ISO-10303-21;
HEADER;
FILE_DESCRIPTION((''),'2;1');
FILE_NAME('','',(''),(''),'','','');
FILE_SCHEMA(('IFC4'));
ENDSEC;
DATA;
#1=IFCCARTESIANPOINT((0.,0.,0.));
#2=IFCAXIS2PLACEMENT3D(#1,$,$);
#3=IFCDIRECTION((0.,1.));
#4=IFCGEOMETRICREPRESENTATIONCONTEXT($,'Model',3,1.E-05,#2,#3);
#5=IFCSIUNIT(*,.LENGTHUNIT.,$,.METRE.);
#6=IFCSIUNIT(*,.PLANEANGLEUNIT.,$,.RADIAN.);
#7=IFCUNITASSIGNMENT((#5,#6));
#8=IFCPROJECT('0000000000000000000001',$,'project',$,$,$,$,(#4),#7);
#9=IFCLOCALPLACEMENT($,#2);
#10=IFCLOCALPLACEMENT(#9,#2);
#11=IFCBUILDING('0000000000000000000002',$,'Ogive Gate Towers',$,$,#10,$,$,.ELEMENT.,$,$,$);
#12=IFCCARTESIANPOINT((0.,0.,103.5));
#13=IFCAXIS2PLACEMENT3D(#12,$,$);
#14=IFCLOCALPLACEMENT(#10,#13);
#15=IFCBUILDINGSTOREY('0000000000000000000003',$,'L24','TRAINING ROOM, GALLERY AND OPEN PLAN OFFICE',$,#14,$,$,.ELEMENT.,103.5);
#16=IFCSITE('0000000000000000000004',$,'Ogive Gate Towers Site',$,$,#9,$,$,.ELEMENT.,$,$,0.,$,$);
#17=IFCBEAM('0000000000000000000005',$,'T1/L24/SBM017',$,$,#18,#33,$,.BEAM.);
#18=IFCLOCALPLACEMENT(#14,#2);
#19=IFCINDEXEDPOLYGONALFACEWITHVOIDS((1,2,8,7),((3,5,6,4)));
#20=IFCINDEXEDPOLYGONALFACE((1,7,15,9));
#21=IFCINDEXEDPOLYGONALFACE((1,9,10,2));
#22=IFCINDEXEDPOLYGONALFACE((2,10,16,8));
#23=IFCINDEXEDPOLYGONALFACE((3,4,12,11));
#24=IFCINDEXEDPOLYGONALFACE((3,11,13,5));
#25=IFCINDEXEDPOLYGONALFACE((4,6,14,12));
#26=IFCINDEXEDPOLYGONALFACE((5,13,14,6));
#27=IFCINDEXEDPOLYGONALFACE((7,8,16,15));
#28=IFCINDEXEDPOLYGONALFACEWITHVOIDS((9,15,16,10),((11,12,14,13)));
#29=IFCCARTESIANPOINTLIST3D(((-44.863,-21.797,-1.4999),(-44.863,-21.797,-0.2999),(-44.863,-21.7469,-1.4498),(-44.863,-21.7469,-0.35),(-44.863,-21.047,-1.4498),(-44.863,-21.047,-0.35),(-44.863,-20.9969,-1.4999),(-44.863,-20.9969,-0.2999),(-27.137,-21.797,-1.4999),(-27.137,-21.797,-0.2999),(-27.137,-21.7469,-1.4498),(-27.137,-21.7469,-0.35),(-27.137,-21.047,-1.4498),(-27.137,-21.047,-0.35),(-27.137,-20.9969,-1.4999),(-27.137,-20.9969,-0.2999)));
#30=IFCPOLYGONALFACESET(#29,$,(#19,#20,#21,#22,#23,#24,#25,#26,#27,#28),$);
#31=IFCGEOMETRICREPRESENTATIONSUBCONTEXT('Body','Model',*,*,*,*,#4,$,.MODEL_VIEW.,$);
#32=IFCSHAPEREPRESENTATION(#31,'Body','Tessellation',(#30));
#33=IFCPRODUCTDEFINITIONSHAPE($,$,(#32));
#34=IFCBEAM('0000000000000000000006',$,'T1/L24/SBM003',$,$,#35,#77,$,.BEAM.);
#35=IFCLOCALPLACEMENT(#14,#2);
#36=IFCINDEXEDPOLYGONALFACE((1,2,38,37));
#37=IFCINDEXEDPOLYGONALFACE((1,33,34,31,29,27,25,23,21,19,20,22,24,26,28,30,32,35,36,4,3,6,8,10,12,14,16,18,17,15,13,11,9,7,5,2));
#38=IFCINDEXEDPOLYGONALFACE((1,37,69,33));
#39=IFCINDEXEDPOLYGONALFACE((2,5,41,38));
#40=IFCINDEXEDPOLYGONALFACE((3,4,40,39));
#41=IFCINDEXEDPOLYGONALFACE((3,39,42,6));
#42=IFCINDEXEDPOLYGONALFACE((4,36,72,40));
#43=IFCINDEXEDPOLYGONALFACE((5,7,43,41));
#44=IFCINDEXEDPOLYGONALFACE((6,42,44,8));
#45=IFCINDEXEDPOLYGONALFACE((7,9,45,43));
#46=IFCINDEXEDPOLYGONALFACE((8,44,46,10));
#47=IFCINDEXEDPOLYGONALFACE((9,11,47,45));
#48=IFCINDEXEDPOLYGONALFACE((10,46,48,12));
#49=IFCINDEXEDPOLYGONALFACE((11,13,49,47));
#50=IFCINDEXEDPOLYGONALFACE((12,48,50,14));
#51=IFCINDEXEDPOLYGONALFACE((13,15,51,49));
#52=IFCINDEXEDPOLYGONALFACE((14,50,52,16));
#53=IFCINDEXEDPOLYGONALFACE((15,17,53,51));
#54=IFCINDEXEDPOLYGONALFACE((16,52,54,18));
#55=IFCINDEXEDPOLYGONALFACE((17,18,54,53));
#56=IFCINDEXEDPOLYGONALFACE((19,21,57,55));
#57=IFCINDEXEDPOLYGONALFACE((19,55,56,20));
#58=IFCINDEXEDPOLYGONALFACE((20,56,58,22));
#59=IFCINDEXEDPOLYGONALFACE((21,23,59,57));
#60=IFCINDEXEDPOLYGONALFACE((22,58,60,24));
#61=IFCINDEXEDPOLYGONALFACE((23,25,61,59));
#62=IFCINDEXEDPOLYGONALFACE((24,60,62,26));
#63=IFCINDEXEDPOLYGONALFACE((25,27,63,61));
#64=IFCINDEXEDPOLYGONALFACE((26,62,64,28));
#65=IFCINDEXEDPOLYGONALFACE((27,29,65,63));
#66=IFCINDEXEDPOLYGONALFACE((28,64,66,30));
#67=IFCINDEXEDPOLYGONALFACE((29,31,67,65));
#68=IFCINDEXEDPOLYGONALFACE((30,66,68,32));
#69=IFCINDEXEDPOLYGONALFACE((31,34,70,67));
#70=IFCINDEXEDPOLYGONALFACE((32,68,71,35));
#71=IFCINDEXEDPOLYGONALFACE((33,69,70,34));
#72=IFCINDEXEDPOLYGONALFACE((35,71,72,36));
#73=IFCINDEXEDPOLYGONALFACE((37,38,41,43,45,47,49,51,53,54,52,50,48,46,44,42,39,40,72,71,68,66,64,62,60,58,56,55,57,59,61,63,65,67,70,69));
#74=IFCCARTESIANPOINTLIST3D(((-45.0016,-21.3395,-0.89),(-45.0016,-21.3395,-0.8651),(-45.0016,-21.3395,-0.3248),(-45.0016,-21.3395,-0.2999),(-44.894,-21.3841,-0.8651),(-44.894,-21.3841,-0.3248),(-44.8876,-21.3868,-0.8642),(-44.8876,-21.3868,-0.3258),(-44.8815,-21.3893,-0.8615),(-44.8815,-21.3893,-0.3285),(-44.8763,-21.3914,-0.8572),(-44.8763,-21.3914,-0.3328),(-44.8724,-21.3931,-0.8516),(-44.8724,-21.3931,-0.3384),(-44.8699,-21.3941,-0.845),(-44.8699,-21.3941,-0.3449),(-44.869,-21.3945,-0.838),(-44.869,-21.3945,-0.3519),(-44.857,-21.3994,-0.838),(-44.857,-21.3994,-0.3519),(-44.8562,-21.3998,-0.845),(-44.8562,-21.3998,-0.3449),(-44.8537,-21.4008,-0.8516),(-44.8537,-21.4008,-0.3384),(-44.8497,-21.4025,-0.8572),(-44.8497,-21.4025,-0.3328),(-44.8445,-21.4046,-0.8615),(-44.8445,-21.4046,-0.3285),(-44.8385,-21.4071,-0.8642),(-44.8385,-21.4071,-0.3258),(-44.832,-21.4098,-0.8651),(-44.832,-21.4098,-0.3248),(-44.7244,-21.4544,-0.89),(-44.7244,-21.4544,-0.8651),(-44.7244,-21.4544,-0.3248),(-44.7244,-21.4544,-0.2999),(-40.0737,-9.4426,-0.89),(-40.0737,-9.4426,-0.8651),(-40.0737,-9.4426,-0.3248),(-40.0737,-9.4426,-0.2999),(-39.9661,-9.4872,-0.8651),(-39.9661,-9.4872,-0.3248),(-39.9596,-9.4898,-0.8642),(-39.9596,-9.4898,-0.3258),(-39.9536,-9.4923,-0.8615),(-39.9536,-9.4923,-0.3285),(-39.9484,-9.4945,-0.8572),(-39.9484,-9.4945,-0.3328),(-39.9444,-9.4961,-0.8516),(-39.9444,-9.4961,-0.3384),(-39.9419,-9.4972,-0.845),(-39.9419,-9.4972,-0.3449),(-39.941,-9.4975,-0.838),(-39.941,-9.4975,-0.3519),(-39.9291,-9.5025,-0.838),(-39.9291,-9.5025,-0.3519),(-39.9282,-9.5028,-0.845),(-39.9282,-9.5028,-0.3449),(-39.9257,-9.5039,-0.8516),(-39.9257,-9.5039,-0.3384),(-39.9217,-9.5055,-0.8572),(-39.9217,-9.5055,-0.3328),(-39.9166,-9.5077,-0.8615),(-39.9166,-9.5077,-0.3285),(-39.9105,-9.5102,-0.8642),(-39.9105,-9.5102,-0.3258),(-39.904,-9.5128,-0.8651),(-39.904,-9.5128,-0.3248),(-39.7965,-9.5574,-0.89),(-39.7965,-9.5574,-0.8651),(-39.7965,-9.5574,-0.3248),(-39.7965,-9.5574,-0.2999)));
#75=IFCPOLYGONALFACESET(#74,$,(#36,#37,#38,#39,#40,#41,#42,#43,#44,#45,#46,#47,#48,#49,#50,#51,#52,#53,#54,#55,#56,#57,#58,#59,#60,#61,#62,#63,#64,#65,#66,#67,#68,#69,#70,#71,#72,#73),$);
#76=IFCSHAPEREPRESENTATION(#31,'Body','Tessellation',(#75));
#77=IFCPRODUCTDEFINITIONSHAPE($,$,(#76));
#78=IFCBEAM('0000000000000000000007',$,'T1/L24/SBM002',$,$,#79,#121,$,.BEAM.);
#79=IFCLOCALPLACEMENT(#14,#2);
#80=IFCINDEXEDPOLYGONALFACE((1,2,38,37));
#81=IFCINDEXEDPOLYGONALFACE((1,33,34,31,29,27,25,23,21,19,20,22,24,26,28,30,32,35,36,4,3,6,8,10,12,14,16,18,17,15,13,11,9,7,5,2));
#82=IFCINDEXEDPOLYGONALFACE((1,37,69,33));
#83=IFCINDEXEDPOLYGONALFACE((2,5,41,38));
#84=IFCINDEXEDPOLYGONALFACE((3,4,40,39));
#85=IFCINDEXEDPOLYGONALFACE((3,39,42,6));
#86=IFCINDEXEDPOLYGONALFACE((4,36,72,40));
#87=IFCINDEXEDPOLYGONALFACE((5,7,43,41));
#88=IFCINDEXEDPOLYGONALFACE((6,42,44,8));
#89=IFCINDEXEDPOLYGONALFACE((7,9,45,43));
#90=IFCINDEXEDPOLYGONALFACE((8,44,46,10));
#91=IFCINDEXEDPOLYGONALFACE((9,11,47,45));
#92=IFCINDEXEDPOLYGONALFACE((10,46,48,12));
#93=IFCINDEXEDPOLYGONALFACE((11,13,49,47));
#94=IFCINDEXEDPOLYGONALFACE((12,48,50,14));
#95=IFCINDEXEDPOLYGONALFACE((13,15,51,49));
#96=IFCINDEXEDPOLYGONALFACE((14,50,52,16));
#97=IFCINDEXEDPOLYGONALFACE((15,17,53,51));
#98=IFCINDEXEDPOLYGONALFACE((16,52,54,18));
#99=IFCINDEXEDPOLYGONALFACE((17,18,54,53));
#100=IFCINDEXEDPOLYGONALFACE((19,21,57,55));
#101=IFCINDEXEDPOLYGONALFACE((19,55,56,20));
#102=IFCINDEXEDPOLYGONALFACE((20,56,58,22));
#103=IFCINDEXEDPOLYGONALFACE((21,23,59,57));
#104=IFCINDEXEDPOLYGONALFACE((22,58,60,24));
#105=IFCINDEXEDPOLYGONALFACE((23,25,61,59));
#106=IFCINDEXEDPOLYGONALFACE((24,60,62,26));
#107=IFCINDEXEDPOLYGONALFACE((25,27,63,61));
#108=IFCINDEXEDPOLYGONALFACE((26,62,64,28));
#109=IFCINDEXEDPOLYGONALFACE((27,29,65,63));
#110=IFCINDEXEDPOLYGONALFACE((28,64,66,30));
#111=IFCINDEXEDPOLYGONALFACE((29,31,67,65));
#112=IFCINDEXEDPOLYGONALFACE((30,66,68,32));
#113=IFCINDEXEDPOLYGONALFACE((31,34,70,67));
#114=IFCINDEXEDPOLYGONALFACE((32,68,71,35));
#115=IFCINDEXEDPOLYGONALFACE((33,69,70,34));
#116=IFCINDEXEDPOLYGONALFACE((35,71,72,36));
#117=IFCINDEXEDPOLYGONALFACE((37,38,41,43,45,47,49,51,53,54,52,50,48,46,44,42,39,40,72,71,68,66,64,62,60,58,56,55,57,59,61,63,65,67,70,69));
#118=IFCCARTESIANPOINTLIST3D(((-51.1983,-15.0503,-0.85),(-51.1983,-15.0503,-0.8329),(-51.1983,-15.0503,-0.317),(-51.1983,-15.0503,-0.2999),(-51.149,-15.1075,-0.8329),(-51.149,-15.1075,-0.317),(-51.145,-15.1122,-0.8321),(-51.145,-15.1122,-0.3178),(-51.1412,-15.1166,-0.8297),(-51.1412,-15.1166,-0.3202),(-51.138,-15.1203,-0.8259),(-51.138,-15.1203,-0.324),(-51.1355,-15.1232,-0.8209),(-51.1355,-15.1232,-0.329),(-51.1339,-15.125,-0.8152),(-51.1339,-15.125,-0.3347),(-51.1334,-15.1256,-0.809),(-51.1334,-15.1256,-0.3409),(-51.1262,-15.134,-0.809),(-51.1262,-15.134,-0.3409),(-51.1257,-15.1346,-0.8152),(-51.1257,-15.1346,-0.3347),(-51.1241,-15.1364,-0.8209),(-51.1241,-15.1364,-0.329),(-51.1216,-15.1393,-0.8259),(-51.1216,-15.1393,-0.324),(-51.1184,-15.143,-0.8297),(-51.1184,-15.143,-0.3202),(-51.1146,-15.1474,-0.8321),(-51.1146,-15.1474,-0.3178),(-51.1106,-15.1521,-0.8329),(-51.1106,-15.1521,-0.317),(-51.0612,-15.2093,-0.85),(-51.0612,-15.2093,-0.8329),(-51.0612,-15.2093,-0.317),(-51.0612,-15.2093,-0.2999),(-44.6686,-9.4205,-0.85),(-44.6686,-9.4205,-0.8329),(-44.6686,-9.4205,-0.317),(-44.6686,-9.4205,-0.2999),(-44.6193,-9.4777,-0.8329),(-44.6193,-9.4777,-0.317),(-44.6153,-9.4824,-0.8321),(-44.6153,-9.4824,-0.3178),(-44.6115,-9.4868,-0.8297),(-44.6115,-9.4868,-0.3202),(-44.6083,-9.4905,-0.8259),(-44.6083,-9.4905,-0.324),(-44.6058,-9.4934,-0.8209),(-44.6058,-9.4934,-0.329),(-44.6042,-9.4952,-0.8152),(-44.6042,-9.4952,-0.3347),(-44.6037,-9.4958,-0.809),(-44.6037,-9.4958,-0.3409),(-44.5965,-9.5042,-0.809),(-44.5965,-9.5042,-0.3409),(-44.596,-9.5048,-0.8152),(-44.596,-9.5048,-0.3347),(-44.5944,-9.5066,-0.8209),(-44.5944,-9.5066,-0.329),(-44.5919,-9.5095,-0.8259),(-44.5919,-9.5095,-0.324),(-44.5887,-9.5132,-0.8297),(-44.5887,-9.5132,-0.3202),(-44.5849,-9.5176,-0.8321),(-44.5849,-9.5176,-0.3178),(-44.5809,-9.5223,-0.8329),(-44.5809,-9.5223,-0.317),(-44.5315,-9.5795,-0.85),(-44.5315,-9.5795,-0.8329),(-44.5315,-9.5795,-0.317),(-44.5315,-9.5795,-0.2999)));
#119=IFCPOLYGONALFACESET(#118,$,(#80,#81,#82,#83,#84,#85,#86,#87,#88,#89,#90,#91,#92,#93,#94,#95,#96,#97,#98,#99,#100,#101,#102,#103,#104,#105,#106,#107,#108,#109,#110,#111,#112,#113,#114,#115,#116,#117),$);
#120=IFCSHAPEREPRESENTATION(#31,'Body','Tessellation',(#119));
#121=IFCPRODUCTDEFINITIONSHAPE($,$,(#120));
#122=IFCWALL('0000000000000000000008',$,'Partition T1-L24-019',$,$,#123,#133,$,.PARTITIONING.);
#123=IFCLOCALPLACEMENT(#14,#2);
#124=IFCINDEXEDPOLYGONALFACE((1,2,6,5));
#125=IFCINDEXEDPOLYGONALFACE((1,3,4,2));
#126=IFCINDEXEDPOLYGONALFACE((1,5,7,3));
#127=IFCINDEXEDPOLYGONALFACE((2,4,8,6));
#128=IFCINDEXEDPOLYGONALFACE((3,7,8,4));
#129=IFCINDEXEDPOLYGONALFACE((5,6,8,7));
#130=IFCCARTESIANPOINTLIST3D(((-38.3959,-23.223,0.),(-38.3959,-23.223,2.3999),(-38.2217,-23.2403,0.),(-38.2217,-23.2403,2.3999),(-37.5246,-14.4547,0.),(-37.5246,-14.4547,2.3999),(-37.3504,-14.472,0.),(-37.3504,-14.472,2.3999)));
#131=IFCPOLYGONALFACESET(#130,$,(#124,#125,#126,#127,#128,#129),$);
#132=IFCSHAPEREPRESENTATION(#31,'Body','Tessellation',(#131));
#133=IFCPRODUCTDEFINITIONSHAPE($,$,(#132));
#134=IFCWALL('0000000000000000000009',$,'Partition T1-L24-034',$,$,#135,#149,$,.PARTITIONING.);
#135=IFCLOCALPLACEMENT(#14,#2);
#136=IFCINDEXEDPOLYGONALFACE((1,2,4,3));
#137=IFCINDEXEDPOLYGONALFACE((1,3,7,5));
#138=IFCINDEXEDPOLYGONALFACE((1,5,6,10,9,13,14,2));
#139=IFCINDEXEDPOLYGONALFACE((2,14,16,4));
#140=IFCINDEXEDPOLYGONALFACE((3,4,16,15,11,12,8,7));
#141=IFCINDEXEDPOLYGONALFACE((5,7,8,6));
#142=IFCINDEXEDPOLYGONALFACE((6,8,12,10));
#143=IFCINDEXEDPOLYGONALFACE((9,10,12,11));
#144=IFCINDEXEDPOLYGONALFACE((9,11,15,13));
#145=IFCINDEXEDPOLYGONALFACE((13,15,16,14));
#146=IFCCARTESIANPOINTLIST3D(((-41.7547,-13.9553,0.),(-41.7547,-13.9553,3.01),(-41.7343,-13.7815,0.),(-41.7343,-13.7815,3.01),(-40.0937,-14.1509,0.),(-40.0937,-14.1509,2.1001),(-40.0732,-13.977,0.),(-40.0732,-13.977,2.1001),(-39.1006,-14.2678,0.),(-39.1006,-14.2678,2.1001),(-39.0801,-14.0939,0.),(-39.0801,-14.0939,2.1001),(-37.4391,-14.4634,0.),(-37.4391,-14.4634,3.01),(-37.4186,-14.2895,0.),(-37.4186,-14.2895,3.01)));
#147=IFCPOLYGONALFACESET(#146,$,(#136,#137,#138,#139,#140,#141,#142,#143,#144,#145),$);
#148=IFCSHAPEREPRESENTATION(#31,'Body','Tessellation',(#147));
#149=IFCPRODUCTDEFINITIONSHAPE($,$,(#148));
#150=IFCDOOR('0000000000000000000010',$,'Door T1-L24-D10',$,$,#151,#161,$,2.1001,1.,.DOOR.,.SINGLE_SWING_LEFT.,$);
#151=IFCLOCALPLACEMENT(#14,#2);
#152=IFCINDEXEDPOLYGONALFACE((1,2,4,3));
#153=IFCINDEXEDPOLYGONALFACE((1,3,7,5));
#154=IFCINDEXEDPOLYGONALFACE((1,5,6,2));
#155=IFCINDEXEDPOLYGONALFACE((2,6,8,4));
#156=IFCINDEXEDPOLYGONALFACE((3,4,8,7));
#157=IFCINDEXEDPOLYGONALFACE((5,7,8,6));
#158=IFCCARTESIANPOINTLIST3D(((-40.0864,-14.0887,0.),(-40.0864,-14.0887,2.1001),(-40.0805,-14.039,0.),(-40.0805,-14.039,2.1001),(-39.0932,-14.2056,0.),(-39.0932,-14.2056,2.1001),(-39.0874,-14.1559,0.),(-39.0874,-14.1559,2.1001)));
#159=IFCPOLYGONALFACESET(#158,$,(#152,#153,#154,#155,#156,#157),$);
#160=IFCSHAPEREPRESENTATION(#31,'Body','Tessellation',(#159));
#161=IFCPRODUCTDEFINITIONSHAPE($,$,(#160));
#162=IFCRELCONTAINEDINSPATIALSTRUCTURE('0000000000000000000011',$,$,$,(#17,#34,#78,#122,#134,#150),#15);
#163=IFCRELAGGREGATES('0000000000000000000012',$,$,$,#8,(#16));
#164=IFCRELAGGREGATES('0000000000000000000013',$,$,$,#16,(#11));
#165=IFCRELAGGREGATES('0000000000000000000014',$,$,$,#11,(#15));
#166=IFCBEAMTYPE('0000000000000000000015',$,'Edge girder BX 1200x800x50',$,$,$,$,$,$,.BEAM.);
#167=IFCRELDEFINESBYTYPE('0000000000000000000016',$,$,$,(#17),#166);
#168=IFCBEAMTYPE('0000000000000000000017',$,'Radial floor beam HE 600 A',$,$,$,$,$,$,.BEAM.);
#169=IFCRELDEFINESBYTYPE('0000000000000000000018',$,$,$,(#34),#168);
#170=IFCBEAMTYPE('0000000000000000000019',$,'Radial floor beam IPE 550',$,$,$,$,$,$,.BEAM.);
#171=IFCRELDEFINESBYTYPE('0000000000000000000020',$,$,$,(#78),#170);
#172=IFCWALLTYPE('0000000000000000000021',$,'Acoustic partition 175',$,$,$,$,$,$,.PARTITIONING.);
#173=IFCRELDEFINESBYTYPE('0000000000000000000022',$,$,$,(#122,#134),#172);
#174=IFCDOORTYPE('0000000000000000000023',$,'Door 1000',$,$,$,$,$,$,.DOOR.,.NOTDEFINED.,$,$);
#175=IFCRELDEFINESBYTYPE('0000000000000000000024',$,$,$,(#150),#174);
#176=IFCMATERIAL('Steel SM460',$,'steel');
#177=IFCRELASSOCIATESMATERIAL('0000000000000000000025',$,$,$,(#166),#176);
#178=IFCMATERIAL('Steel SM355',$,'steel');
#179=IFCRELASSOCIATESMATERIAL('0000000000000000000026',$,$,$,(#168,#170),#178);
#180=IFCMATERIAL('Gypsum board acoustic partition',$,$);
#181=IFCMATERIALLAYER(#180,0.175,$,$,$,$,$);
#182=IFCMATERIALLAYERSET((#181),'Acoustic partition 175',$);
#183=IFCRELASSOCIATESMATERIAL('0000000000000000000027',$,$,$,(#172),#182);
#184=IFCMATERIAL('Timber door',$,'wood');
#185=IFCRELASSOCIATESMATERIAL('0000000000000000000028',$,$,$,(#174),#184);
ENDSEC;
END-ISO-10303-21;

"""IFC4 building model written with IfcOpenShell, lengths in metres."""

from ifc_helpers import new_model, si_unit, direction, frame, frame_2d, origin, origin_2d, place, context, subcontext, project, spatial, rectangle, hollow_rectangle, i_section, extrude, material, layer, layer_set, material_profile, profile_set, type_object, element, fill, save


model = new_model("IFC4")

# Units and contexts
model_context = context("Model", 3, precision=1e-05, world=origin(), true_north=direction((0.0, 1.0)))
body_context = subcontext(model_context, "Body", "Model", "MODEL_VIEW")
ifc_project = project(units=[si_unit("LENGTHUNIT", "METRE"), si_unit("PLANEANGLEUNIT", "RADIAN")], contexts=[model_context])

# Site, building, storey
site_placement = place(None, origin())
site = spatial("IfcSite", under=ifc_project, at=site_placement, Name="Ogive Gate Towers Site", CompositionType="ELEMENT", RefElevation=0.0)
building_placement = place(site_placement, origin())
building = spatial("IfcBuilding", under=site, at=building_placement, Name="Ogive Gate Towers", CompositionType="ELEMENT")
storey_placement = place(building_placement, frame((0.0, 0.0, 103.5)))
storey = spatial("IfcBuildingStorey", under=building, at=storey_placement, Name="L24", Description="TRAINING ROOM, GALLERY AND OPEN PLAN OFFICE", CompositionType="ELEMENT", Elevation=103.5)

# Beams
ifc_material_1 = material(Name="Steel SM460", Category="steel")
ifc_material_profile_1 = material_profile(ifc_material_1, hollow_rectangle(XDim=0.8, YDim=1.2, WallThickness=0.05, at=origin_2d()), Name="BX 1200x800x50")
ifc_profile_set_1 = profile_set([ifc_material_profile_1], Name="Steel SM460")
beam_type_1 = type_object("IfcBeamType", Name="Edge girder BX 1200x800x50", PredefinedType="BEAM", material=ifc_profile_set_1)
beam_1_placement = place(storey_placement, frame((-44.863, -21.397, -0.8999), z_axis=(1.0, 0.0, 0.0), x_axis=(0.0, 1.0, 0.0)))
element("IfcBeam", 1, at=beam_1_placement, inside=storey, type_object=beam_type_1, Name="T1/L24/SBM017", PredefinedType="BEAM", context=body_context, shape_type="SweptSolid", body=[
    extrude(hollow_rectangle(XDim=0.8, YDim=1.2, WallThickness=0.05, at=origin_2d()), origin(), (0.0, 0.0, 1.0), 17.7261),
])
ifc_material_2 = material(Name="Steel SM355", Category="steel")
ifc_material_profile_2 = material_profile(ifc_material_2, i_section(OverallWidth=0.3, OverallDepth=0.5901, WebThickness=0.0129, FlangeThickness=0.0249, FilletRadius=0.0271, at=origin_2d()), Name="HE 600 A")
ifc_profile_set_2 = profile_set([ifc_material_profile_2], Name="Steel SM355")
beam_type_2 = type_object("IfcBeamType", Name="Radial floor beam HE 600 A", PredefinedType="BEAM", material=ifc_profile_set_2)
beam_2_placement = place(storey_placement, frame((-39.9351, -9.5, -0.595), z_axis=(-0.382689, -0.923877, 0.0), x_axis=(0.923877, -0.382689, 0.0)))
element("IfcBeam", 2, at=beam_2_placement, inside=storey, type_object=beam_type_2, Name="T1/L24/SBM003", PredefinedType="BEAM", context=body_context, shape_type="SweptSolid", body=[
    extrude(i_section(OverallWidth=0.3, OverallDepth=0.5901, WebThickness=0.0129, FlangeThickness=0.0249, FilletRadius=0.0271, at=origin_2d()), origin(), (0.0, 0.0, 1.0), 12.8772),
])
ifc_material_profile_3 = material_profile(ifc_material_2, i_section(OverallWidth=0.21, OverallDepth=0.55, WebThickness=0.011, FlangeThickness=0.0171, FilletRadius=0.0239, at=origin_2d()), Name="IPE 550")
ifc_profile_set_3 = profile_set([ifc_material_profile_3], Name="Steel SM355")
beam_type_3 = type_object("IfcBeamType", Name="Radial floor beam IPE 550", PredefinedType="BEAM", material=ifc_profile_set_3)
beam_3_placement = place(storey_placement, frame((-44.6001, -9.5, -0.575), z_axis=(-0.757366, -0.65299, 0.0), x_axis=(0.65299, -0.757366, 0.0)))
element("IfcBeam", 3, at=beam_3_placement, inside=storey, type_object=beam_type_3, Name="T1/L24/SBM002", PredefinedType="BEAM", context=body_context, shape_type="SweptSolid", body=[
    extrude(i_section(OverallWidth=0.21, OverallDepth=0.55, WebThickness=0.011, FlangeThickness=0.0171, FilletRadius=0.0239, at=origin_2d()), origin(), (0.0, 0.0, 1.0), 8.6216),
])

# Wall
ifc_material_3 = material(Name="Gypsum board acoustic partition")
ifc_layer_1 = layer(ifc_material_3, 0.175)
ifc_layer_set_1 = layer_set([ifc_layer_1], Name="Acoustic partition 175")
wall_type_1 = type_object("IfcWallType", Name="Acoustic partition 175", PredefinedType="PARTITIONING", material=ifc_layer_set_1)
wall_1_placement = place(storey_placement, frame((-38.3088, -23.2317, 0.0), z_axis=(0.0, 0.0, 1.0), x_axis=(0.098886, 0.995099, 0.0)))
element("IfcWall", 4, at=wall_1_placement, inside=storey, type_object=wall_type_1, Name="Partition T1-L24-019", PredefinedType="PARTITIONING", context=body_context, shape_type="SweptSolid", body=[
    extrude(rectangle(XDim=8.8115, YDim=0.175, at=frame_2d((4.4058, 0.0))), origin(), (0.0, 0.0, 1.0), 2.3999),
])

# Wall, opening, door
wall_2_placement = place(storey_placement, frame((-37.4287, -14.3765, 0.0), z_axis=(0.0, 0.0, 1.0), x_axis=(-0.993142, 0.116916, 0.0)))
wall_2 = element("IfcWall", 5, at=wall_2_placement, inside=storey, type_object=wall_type_1, Name="Partition T1-L24-034", PredefinedType="PARTITIONING", context=body_context, shape_type="SweptSolid", body=[
    extrude(rectangle(XDim=4.3455, YDim=0.175, at=frame_2d((2.1729, 0.0))), origin(), (0.0, 0.0, 1.0), 3.01),
])
opening_1_placement = place(wall_2_placement, frame((1.6731, 0.0, 0.0)))
opening_1 = element("IfcOpeningElement", 6, at=opening_1_placement, cuts=wall_2, PredefinedType="OPENING", context=body_context, shape_type="SweptSolid", body=[
    extrude(rectangle(XDim=1.0, YDim=2.1001, at=frame_2d((0.5, 1.05))), frame((0.0, 0.0977, 0.0), z_axis=(0.0, -1.0, 0.0), x_axis=(1.0, 0.0, 0.0)), (0.0, 0.0, 1.0), 0.1951),
])
ifc_material_4 = material(Name="Timber door", Category="wood")
door_type_1 = type_object("IfcDoorType", Name="Door 1000", OperationType="NOTDEFINED", PredefinedType="DOOR", material=ifc_material_4)
door_1_placement = place(opening_1_placement, origin())
door_1 = element("IfcDoor", 7, at=door_1_placement, inside=storey, type_object=door_type_1, Name="Door T1-L24-D10", OperationType="SINGLE_SWING_LEFT", OverallHeight=2.1001, OverallWidth=1.0, PredefinedType="DOOR", context=body_context, shape_type="SweptSolid", body=[
    extrude(rectangle(XDim=1.0, YDim=2.1001, at=frame_2d((0.5, 1.05))), frame((0.0, 0.0249, 0.0), z_axis=(0.0, -1.0, 0.0), x_axis=(1.0, 0.0, 0.0)), (0.0, 0.0, 1.0), 0.05),
])
fill(opening_1, door_1)

save(model, "model.ifc")
